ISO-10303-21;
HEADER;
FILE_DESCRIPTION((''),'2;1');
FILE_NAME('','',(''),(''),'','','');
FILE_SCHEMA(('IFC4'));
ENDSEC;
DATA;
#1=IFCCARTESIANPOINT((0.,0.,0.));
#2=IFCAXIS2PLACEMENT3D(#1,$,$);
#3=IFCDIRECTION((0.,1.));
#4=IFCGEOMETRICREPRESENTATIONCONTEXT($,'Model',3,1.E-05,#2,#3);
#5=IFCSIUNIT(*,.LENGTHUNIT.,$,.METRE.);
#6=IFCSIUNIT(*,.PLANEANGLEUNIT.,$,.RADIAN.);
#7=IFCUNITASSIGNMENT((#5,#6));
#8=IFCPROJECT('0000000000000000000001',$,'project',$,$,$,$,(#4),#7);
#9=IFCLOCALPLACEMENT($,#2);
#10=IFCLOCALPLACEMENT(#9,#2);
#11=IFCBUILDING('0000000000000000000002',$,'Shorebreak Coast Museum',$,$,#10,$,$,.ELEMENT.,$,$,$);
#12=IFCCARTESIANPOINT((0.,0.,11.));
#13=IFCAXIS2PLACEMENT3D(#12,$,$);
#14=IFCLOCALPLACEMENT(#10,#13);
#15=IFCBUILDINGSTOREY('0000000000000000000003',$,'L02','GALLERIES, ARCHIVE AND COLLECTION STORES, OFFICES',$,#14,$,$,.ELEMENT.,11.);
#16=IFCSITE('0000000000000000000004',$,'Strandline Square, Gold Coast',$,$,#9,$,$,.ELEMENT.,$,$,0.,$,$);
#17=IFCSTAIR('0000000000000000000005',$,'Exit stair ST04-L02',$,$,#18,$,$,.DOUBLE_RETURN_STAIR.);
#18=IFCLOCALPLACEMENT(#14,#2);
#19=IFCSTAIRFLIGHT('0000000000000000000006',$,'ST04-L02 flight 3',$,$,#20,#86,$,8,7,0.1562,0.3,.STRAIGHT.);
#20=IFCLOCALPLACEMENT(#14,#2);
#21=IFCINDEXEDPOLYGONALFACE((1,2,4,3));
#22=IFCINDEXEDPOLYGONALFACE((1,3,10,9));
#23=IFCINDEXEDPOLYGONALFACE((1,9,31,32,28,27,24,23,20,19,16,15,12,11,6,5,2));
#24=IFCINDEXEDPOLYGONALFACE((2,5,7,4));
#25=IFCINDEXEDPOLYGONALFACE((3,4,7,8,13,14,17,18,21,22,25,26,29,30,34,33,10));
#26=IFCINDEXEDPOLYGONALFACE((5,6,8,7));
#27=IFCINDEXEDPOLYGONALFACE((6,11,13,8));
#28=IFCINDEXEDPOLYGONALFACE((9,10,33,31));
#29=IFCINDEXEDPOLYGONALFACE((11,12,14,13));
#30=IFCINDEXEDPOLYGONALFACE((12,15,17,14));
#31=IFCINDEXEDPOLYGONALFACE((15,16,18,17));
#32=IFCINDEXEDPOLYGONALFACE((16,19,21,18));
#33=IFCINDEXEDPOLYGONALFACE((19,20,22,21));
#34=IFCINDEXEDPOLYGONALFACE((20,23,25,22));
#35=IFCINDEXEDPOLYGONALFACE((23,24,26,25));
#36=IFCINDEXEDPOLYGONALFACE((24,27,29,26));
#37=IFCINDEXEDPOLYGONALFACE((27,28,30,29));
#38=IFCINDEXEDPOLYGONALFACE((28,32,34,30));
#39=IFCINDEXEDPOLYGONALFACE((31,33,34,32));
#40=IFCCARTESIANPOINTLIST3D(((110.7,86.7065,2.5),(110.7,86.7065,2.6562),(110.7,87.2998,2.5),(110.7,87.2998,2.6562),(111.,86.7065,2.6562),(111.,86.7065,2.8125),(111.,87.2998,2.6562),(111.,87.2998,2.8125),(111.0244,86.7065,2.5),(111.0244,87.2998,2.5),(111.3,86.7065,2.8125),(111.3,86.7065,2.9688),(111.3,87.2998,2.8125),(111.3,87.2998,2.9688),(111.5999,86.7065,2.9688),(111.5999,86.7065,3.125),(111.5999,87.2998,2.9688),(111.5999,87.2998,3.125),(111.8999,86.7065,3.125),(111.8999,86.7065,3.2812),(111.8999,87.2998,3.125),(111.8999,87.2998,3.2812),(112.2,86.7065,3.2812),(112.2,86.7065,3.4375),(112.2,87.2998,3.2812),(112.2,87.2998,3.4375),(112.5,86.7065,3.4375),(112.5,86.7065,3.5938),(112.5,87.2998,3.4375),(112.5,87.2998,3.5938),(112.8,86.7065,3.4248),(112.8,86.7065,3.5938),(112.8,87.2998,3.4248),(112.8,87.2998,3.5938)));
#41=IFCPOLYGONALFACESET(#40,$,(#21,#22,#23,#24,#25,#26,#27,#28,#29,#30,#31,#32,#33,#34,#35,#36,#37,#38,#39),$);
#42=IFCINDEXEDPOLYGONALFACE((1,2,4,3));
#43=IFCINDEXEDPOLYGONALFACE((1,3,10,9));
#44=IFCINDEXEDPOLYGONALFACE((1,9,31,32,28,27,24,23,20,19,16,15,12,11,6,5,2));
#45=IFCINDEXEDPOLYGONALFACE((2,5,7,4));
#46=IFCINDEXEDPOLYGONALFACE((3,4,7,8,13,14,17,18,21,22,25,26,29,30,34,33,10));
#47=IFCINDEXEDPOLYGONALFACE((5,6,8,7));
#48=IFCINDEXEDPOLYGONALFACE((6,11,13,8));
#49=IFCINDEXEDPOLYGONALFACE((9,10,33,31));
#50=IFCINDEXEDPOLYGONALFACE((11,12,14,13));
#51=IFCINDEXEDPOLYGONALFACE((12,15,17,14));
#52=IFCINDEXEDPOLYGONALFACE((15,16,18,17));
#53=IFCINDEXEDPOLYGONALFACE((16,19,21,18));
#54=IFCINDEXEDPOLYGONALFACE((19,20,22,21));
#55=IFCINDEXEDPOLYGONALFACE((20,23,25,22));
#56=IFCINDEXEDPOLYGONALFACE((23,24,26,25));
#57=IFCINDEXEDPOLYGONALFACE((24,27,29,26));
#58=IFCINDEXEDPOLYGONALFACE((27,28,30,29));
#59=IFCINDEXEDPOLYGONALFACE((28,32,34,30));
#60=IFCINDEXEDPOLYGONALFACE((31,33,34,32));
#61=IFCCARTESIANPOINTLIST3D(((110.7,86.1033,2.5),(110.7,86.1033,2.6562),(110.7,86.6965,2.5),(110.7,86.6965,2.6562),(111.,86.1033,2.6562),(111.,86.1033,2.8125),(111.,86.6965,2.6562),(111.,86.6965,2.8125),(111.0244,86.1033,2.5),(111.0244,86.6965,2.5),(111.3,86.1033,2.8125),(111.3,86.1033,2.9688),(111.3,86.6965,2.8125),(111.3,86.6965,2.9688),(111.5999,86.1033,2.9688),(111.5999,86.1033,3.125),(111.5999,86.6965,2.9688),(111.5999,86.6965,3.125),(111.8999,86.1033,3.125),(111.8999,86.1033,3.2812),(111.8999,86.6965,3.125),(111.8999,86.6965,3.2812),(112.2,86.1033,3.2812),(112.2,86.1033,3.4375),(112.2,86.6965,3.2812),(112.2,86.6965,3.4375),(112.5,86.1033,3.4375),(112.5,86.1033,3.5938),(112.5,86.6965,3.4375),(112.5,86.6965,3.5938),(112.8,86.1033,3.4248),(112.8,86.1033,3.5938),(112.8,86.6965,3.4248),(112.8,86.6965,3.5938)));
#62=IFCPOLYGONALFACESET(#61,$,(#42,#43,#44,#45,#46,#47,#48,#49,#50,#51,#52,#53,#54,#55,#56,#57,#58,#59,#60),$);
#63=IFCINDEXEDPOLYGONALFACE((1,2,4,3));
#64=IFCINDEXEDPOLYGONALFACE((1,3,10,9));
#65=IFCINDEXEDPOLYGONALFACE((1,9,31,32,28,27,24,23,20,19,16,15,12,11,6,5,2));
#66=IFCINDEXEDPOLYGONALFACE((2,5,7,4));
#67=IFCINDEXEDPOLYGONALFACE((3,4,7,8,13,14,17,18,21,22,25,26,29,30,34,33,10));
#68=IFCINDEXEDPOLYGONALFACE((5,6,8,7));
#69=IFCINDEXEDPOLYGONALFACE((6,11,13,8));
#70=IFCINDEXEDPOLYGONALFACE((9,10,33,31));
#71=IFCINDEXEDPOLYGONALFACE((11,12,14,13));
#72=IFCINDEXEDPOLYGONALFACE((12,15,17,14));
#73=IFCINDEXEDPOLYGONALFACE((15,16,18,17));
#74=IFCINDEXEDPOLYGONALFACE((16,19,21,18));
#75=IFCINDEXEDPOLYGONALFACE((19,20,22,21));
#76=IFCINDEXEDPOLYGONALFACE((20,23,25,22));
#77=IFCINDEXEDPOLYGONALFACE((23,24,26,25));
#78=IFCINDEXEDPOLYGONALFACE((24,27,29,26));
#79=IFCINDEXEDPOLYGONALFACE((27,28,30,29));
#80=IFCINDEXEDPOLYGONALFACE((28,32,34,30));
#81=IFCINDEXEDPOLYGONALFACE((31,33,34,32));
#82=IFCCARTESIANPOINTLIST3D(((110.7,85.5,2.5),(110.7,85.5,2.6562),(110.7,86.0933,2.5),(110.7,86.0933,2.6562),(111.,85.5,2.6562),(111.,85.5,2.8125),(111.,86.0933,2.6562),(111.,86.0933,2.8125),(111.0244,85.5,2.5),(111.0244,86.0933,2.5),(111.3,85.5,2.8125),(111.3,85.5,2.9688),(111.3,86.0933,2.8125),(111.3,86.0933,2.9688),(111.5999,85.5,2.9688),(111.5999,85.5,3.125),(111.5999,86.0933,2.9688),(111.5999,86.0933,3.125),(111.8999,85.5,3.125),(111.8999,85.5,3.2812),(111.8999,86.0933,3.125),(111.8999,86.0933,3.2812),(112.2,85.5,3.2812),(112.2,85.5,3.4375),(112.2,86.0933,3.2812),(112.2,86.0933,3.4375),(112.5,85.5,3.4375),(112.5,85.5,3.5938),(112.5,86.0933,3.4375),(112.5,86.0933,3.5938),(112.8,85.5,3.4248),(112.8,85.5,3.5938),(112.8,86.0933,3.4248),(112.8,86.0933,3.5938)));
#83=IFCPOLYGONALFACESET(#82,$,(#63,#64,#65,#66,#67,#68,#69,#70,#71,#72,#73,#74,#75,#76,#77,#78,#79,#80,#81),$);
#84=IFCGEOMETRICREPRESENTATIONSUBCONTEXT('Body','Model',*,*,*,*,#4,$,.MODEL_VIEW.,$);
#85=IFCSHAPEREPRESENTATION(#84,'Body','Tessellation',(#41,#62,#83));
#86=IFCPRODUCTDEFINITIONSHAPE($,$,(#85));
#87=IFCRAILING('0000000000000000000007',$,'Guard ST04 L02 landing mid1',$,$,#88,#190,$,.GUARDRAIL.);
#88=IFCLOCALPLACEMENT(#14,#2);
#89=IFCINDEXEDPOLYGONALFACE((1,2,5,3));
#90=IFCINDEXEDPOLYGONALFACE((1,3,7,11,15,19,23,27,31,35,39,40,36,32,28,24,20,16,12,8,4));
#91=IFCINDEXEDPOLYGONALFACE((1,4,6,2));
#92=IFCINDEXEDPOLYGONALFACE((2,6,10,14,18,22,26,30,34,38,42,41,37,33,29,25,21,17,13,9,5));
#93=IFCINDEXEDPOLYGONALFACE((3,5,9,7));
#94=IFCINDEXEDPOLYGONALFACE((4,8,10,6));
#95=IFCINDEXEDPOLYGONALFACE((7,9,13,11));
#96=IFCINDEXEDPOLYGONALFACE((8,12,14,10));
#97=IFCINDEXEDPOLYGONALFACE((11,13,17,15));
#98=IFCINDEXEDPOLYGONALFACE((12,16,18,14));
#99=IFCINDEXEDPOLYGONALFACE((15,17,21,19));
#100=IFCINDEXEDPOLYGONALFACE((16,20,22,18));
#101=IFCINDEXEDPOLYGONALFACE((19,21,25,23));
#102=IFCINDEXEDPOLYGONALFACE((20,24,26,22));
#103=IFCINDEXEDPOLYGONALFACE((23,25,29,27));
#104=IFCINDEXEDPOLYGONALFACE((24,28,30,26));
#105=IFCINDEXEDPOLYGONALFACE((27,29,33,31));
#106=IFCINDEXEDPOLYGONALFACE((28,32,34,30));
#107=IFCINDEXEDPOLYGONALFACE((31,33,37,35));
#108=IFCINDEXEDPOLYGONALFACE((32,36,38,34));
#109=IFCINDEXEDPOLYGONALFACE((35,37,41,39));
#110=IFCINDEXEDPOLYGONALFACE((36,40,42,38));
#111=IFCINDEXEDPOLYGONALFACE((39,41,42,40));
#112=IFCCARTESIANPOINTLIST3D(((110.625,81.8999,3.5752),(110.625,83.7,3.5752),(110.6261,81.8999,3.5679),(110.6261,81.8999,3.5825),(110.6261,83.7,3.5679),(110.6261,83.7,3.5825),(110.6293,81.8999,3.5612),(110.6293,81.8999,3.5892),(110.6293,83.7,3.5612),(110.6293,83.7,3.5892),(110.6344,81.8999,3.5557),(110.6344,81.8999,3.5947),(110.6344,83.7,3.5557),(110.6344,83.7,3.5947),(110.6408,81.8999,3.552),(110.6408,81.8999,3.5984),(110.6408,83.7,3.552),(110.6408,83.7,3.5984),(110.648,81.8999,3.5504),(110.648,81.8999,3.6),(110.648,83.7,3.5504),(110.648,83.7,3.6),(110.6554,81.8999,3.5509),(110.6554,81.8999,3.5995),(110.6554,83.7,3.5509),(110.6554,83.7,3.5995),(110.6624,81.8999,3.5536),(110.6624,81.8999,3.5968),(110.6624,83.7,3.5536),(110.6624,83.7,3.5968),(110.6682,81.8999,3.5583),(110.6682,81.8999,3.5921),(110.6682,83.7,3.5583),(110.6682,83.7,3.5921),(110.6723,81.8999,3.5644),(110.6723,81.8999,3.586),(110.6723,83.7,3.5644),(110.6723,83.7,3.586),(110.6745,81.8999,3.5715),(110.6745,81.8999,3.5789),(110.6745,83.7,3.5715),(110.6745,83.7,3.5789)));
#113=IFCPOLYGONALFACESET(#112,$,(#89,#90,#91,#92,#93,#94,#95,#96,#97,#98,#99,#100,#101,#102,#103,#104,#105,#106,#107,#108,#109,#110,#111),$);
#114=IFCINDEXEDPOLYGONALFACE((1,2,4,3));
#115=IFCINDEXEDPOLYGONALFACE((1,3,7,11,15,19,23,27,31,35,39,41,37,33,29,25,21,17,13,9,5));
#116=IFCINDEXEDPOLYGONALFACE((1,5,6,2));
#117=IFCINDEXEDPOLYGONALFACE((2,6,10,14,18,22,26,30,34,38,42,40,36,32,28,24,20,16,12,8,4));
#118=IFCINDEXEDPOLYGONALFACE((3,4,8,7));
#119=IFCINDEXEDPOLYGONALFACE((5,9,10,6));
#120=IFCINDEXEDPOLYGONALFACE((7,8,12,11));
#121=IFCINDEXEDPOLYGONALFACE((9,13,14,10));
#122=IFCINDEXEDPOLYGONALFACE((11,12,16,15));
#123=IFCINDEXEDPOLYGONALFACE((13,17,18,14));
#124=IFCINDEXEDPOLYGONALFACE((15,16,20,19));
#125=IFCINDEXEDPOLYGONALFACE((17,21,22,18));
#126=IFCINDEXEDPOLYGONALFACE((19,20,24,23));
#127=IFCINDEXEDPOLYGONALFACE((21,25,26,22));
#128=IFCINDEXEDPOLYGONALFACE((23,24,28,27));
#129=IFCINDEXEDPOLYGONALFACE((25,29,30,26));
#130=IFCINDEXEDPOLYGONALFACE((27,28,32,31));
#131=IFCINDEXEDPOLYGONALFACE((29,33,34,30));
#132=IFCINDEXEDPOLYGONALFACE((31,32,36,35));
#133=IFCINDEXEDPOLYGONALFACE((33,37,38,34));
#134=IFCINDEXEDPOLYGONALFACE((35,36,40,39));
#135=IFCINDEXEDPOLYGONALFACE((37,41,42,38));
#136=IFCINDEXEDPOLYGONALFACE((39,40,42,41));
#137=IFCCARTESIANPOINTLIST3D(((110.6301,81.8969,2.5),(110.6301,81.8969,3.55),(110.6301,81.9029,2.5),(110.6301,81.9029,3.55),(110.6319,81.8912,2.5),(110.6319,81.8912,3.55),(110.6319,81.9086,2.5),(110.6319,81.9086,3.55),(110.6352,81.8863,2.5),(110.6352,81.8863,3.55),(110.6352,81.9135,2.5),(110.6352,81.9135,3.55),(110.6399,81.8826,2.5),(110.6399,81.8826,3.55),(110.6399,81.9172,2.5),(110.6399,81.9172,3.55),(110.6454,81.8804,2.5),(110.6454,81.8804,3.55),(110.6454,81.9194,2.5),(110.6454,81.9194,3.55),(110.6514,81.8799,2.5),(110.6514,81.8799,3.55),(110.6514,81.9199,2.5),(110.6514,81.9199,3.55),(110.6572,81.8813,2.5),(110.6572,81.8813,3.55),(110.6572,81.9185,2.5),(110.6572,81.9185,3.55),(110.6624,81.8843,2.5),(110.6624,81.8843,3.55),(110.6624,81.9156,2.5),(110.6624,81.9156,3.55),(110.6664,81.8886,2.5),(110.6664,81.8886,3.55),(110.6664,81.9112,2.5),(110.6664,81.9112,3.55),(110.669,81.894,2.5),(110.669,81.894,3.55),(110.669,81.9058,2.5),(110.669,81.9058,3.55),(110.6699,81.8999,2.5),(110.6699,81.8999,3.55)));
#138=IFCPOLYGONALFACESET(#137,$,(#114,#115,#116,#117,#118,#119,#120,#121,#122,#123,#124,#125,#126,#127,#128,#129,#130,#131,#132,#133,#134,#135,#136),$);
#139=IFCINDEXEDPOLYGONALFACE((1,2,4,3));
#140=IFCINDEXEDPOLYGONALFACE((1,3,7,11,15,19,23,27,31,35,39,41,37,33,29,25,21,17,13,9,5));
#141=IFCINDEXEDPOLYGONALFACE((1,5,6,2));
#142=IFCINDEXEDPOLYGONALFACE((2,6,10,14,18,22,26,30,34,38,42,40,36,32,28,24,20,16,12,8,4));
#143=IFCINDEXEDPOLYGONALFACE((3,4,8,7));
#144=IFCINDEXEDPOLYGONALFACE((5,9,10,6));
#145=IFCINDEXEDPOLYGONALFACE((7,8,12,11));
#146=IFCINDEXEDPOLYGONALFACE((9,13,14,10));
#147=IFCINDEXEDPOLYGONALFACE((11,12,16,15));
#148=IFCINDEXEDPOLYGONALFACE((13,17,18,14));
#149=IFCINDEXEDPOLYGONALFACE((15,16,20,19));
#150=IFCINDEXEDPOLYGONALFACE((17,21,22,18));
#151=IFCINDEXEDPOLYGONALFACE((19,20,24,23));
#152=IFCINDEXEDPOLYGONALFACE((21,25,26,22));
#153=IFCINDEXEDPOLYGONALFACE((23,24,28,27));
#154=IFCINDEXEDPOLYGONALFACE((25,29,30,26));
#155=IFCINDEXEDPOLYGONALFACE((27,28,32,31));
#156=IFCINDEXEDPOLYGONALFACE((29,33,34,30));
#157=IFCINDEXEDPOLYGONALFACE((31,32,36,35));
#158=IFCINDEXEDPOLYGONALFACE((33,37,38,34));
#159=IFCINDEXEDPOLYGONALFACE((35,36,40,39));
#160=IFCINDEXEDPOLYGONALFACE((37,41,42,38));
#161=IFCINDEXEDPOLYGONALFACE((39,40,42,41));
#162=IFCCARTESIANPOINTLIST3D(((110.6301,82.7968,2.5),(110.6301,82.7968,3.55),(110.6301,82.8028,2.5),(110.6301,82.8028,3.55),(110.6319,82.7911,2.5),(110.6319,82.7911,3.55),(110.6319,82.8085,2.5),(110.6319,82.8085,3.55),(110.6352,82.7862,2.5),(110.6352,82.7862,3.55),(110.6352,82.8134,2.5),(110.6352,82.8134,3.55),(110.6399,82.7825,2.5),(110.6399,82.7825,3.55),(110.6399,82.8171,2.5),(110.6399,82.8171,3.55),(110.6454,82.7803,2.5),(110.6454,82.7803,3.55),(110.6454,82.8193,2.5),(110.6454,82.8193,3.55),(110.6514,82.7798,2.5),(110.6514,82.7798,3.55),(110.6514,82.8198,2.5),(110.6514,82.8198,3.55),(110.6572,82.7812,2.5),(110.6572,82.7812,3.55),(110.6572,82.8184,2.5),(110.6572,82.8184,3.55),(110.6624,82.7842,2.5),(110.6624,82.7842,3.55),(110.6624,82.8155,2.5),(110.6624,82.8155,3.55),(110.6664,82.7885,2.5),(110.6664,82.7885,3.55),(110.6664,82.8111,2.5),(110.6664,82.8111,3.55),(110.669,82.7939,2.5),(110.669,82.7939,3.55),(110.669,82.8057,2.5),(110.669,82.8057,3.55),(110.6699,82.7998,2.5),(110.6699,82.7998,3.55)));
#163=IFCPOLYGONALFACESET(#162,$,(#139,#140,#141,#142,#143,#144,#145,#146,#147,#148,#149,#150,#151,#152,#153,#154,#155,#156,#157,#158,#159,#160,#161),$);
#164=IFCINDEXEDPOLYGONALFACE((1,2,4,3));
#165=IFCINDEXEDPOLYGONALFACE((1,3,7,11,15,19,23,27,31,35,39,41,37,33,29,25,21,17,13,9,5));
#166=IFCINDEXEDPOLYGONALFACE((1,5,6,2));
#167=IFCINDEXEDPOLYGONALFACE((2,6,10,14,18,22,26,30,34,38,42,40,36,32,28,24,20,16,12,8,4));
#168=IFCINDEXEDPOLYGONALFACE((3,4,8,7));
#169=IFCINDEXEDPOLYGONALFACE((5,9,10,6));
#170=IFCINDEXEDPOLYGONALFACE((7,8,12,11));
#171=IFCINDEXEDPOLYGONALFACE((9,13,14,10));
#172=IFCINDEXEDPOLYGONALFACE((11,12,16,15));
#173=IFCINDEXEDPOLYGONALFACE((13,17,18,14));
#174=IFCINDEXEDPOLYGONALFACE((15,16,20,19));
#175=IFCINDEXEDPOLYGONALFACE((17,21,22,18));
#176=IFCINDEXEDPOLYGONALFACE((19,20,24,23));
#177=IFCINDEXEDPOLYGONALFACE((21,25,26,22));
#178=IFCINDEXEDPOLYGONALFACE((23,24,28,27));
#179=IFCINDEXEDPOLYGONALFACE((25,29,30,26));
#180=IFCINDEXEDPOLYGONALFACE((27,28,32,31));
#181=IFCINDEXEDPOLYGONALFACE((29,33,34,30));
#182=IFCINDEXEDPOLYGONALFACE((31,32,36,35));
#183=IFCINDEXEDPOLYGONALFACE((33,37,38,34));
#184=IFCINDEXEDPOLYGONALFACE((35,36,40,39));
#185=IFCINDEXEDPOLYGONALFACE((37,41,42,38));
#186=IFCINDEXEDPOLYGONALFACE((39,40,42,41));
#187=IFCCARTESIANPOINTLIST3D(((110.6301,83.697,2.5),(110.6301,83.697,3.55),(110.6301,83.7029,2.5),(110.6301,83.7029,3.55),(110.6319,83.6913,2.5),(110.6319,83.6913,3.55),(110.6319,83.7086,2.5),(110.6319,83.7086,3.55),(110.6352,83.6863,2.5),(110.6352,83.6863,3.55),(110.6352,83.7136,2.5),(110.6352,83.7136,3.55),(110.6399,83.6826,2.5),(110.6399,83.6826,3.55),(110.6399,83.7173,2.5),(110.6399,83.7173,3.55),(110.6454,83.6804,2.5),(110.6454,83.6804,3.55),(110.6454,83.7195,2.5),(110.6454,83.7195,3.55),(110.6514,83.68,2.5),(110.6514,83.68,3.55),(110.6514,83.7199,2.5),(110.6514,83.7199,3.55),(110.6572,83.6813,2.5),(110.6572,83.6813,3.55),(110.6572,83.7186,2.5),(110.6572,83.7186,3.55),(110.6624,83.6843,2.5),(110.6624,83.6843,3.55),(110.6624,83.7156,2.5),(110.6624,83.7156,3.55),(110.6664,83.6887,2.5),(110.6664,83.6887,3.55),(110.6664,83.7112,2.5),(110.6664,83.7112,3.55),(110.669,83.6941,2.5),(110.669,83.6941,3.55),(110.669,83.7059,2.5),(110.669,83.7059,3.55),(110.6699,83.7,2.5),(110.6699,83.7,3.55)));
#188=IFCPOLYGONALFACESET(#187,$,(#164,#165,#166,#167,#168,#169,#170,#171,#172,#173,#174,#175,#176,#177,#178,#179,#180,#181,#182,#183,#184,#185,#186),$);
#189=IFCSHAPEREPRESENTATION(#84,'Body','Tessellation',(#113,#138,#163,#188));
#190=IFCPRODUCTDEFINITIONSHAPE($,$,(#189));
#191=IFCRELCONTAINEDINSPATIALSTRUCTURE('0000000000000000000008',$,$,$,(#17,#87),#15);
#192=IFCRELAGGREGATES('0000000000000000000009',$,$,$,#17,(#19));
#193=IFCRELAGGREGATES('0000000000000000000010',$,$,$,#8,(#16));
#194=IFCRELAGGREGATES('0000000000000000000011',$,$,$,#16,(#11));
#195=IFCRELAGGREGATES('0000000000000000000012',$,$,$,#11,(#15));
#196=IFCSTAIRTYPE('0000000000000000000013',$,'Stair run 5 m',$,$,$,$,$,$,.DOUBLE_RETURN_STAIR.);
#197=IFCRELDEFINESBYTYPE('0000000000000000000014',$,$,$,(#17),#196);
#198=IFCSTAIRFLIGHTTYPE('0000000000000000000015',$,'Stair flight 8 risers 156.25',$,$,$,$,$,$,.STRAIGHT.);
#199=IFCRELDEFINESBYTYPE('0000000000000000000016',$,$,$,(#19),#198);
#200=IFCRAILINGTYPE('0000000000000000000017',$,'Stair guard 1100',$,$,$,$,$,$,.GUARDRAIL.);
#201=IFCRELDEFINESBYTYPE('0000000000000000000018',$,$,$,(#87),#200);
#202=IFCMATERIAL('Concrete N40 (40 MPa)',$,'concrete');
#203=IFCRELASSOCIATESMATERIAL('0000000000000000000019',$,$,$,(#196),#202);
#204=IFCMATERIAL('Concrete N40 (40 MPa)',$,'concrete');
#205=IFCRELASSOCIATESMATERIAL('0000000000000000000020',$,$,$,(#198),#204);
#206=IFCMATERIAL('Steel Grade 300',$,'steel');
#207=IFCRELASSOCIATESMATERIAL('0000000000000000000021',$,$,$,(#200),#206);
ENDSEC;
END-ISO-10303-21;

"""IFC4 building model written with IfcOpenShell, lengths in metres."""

from ifc_helpers import new_model, si_unit, direction, frame, origin, origin_2d, place, context, subcontext, project, spatial, polyline, circle, outline, extrude, material, type_object, element, aggregate, save


model = new_model("IFC4")

# Units and contexts
model_context = context("Model", 3, precision=1e-05, world=origin(), true_north=direction((0.0, 1.0)))
body_context = subcontext(model_context, "Body", "Model", "MODEL_VIEW")
ifc_project = project(units=[si_unit("LENGTHUNIT", "METRE"), si_unit("PLANEANGLEUNIT", "RADIAN")], contexts=[model_context])

# Site, building, storey
site_placement = place(None, origin())
site = spatial("IfcSite", under=ifc_project, at=site_placement, Name="Strandline Square, Gold Coast", CompositionType="ELEMENT", RefElevation=0.0)
building_placement = place(site_placement, origin())
building = spatial("IfcBuilding", under=site, at=building_placement, Name="Shorebreak Coast Museum", CompositionType="ELEMENT")
storey_placement = place(building_placement, frame((0.0, 0.0, 11.0)))
storey = spatial("IfcBuildingStorey", under=building, at=storey_placement, Name="L02", Description="GALLERIES, ARCHIVE AND COLLECTION STORES, OFFICES", CompositionType="ELEMENT", Elevation=11.0)

# Stair, stair flight
ifc_material_1 = material(Name="Concrete N40 (40 MPa)", Category="concrete")
stair_type = type_object("IfcStairType", Name="Stair run 5 m", PredefinedType="DOUBLE_RETURN_STAIR", material=ifc_material_1)
stair_placement = place(storey_placement, origin())
stair = element("IfcStair", 1, at=stair_placement, inside=storey, type_object=stair_type, Name="Exit stair ST04-L02", PredefinedType="DOUBLE_RETURN_STAIR")
ifc_material_2 = material(Name="Concrete N40 (40 MPa)", Category="concrete")
stair_flight_type = type_object("IfcStairFlightType", Name="Stair flight 8 risers 156.25", PredefinedType="STRAIGHT", material=ifc_material_2)
stair_flight_1_placement = place(storey_placement, frame((110.7, 86.3999, 2.5), z_axis=(0.0, 0.0, 1.0), x_axis=(1.0, 0.0, 0.0)))
stair_flight_1 = element("IfcStairFlight", 2, at=stair_flight_1_placement, type_object=stair_flight_type, Name="ST04-L02 flight 3", NumberOfRisers=8, NumberOfTreads=7, PredefinedType="STRAIGHT", RiserHeight=0.1562, TreadLength=0.3, context=body_context, shape_type="SweptSolid", body=[
    extrude(outline(polyline([(0.0, 0.0), (0.0, 0.1562), (0.3, 0.1562), (0.3, 0.3125), (0.6001, 0.3125), (0.6001, 0.4688), (0.8999, 0.4688), (0.8999, 0.625), (1.2, 0.625), (1.2, 0.7812), (1.5, 0.7812), (1.5, 0.9375), (1.8, 0.9375), (1.8, 1.0938), (2.1001, 1.0938), (2.1001, 1.25), (2.1001, 0.9248), (0.3245, 0.0), (0.0, 0.0)])), frame((0.0, 0.8999, 0.0), z_axis=(0.0, -1.0, 0.0), x_axis=(1.0, 0.0, 0.0)), (0.0, 0.0, 1.0), 0.5933),
    extrude(outline(polyline([(0.0, 0.0), (0.0, 0.1562), (0.3, 0.1562), (0.3, 0.3125), (0.6001, 0.3125), (0.6001, 0.4688), (0.8999, 0.4688), (0.8999, 0.625), (1.2, 0.625), (1.2, 0.7812), (1.5, 0.7812), (1.5, 0.9375), (1.8, 0.9375), (1.8, 1.0938), (2.1001, 1.0938), (2.1001, 1.25), (2.1001, 0.9248), (0.3245, 0.0), (0.0, 0.0)])), frame((0.0, 0.2966, 0.0), z_axis=(0.0, -1.0, 0.0), x_axis=(1.0, 0.0, 0.0)), (0.0, 0.0, 1.0), 0.5933),
    extrude(outline(polyline([(0.0, 0.0), (0.0, 0.1562), (0.3, 0.1562), (0.3, 0.3125), (0.6001, 0.3125), (0.6001, 0.4688), (0.8999, 0.4688), (0.8999, 0.625), (1.2, 0.625), (1.2, 0.7812), (1.5, 0.7812), (1.5, 0.9375), (1.8, 0.9375), (1.8, 1.0938), (2.1001, 1.0938), (2.1001, 1.25), (2.1001, 0.9248), (0.3245, 0.0), (0.0, 0.0)])), frame((0.0, -0.3066, 0.0), z_axis=(0.0, -1.0, 0.0), x_axis=(1.0, 0.0, 0.0)), (0.0, 0.0, 1.0), 0.5933),
])
aggregate(stair, [stair_flight_1])

# Railing
ifc_material_3 = material(Name="Steel Grade 300", Category="steel")
railing_type_1 = type_object("IfcRailingType", Name="Stair guard 1100", PredefinedType="GUARDRAIL", material=ifc_material_3)
for number, where, name in (
    (3, (110.6499, 81.8999, 2.5), "Guard ST04 L02 landing mid1"),
):
    element("IfcRailing", number, at=place(storey_placement, frame(where)), inside=storey, type_object=railing_type_1, Name=name, PredefinedType="GUARDRAIL", context=body_context, shape_type="SweptSolid", body=[
        extrude(circle(Radius=0.0249, at=origin_2d()), frame((0.0, 0.0, 1.0752), z_axis=(0.0, 1.0, 0.0), x_axis=(-1.0, 0.0, 0.0)), (0.0, 0.0, 1.0), 1.8),
        extrude(circle(Radius=0.02, at=origin_2d()), origin(), (0.0, 0.0, 1.0), 1.05),
        extrude(circle(Radius=0.02, at=origin_2d()), frame((0.0, 0.8999, 0.0)), (0.0, 0.0, 1.0), 1.05),
        extrude(circle(Radius=0.02, at=origin_2d()), frame((0.0, 1.8, 0.0)), (0.0, 0.0, 1.0), 1.05),
    ])

save(model, "model.ifc")
